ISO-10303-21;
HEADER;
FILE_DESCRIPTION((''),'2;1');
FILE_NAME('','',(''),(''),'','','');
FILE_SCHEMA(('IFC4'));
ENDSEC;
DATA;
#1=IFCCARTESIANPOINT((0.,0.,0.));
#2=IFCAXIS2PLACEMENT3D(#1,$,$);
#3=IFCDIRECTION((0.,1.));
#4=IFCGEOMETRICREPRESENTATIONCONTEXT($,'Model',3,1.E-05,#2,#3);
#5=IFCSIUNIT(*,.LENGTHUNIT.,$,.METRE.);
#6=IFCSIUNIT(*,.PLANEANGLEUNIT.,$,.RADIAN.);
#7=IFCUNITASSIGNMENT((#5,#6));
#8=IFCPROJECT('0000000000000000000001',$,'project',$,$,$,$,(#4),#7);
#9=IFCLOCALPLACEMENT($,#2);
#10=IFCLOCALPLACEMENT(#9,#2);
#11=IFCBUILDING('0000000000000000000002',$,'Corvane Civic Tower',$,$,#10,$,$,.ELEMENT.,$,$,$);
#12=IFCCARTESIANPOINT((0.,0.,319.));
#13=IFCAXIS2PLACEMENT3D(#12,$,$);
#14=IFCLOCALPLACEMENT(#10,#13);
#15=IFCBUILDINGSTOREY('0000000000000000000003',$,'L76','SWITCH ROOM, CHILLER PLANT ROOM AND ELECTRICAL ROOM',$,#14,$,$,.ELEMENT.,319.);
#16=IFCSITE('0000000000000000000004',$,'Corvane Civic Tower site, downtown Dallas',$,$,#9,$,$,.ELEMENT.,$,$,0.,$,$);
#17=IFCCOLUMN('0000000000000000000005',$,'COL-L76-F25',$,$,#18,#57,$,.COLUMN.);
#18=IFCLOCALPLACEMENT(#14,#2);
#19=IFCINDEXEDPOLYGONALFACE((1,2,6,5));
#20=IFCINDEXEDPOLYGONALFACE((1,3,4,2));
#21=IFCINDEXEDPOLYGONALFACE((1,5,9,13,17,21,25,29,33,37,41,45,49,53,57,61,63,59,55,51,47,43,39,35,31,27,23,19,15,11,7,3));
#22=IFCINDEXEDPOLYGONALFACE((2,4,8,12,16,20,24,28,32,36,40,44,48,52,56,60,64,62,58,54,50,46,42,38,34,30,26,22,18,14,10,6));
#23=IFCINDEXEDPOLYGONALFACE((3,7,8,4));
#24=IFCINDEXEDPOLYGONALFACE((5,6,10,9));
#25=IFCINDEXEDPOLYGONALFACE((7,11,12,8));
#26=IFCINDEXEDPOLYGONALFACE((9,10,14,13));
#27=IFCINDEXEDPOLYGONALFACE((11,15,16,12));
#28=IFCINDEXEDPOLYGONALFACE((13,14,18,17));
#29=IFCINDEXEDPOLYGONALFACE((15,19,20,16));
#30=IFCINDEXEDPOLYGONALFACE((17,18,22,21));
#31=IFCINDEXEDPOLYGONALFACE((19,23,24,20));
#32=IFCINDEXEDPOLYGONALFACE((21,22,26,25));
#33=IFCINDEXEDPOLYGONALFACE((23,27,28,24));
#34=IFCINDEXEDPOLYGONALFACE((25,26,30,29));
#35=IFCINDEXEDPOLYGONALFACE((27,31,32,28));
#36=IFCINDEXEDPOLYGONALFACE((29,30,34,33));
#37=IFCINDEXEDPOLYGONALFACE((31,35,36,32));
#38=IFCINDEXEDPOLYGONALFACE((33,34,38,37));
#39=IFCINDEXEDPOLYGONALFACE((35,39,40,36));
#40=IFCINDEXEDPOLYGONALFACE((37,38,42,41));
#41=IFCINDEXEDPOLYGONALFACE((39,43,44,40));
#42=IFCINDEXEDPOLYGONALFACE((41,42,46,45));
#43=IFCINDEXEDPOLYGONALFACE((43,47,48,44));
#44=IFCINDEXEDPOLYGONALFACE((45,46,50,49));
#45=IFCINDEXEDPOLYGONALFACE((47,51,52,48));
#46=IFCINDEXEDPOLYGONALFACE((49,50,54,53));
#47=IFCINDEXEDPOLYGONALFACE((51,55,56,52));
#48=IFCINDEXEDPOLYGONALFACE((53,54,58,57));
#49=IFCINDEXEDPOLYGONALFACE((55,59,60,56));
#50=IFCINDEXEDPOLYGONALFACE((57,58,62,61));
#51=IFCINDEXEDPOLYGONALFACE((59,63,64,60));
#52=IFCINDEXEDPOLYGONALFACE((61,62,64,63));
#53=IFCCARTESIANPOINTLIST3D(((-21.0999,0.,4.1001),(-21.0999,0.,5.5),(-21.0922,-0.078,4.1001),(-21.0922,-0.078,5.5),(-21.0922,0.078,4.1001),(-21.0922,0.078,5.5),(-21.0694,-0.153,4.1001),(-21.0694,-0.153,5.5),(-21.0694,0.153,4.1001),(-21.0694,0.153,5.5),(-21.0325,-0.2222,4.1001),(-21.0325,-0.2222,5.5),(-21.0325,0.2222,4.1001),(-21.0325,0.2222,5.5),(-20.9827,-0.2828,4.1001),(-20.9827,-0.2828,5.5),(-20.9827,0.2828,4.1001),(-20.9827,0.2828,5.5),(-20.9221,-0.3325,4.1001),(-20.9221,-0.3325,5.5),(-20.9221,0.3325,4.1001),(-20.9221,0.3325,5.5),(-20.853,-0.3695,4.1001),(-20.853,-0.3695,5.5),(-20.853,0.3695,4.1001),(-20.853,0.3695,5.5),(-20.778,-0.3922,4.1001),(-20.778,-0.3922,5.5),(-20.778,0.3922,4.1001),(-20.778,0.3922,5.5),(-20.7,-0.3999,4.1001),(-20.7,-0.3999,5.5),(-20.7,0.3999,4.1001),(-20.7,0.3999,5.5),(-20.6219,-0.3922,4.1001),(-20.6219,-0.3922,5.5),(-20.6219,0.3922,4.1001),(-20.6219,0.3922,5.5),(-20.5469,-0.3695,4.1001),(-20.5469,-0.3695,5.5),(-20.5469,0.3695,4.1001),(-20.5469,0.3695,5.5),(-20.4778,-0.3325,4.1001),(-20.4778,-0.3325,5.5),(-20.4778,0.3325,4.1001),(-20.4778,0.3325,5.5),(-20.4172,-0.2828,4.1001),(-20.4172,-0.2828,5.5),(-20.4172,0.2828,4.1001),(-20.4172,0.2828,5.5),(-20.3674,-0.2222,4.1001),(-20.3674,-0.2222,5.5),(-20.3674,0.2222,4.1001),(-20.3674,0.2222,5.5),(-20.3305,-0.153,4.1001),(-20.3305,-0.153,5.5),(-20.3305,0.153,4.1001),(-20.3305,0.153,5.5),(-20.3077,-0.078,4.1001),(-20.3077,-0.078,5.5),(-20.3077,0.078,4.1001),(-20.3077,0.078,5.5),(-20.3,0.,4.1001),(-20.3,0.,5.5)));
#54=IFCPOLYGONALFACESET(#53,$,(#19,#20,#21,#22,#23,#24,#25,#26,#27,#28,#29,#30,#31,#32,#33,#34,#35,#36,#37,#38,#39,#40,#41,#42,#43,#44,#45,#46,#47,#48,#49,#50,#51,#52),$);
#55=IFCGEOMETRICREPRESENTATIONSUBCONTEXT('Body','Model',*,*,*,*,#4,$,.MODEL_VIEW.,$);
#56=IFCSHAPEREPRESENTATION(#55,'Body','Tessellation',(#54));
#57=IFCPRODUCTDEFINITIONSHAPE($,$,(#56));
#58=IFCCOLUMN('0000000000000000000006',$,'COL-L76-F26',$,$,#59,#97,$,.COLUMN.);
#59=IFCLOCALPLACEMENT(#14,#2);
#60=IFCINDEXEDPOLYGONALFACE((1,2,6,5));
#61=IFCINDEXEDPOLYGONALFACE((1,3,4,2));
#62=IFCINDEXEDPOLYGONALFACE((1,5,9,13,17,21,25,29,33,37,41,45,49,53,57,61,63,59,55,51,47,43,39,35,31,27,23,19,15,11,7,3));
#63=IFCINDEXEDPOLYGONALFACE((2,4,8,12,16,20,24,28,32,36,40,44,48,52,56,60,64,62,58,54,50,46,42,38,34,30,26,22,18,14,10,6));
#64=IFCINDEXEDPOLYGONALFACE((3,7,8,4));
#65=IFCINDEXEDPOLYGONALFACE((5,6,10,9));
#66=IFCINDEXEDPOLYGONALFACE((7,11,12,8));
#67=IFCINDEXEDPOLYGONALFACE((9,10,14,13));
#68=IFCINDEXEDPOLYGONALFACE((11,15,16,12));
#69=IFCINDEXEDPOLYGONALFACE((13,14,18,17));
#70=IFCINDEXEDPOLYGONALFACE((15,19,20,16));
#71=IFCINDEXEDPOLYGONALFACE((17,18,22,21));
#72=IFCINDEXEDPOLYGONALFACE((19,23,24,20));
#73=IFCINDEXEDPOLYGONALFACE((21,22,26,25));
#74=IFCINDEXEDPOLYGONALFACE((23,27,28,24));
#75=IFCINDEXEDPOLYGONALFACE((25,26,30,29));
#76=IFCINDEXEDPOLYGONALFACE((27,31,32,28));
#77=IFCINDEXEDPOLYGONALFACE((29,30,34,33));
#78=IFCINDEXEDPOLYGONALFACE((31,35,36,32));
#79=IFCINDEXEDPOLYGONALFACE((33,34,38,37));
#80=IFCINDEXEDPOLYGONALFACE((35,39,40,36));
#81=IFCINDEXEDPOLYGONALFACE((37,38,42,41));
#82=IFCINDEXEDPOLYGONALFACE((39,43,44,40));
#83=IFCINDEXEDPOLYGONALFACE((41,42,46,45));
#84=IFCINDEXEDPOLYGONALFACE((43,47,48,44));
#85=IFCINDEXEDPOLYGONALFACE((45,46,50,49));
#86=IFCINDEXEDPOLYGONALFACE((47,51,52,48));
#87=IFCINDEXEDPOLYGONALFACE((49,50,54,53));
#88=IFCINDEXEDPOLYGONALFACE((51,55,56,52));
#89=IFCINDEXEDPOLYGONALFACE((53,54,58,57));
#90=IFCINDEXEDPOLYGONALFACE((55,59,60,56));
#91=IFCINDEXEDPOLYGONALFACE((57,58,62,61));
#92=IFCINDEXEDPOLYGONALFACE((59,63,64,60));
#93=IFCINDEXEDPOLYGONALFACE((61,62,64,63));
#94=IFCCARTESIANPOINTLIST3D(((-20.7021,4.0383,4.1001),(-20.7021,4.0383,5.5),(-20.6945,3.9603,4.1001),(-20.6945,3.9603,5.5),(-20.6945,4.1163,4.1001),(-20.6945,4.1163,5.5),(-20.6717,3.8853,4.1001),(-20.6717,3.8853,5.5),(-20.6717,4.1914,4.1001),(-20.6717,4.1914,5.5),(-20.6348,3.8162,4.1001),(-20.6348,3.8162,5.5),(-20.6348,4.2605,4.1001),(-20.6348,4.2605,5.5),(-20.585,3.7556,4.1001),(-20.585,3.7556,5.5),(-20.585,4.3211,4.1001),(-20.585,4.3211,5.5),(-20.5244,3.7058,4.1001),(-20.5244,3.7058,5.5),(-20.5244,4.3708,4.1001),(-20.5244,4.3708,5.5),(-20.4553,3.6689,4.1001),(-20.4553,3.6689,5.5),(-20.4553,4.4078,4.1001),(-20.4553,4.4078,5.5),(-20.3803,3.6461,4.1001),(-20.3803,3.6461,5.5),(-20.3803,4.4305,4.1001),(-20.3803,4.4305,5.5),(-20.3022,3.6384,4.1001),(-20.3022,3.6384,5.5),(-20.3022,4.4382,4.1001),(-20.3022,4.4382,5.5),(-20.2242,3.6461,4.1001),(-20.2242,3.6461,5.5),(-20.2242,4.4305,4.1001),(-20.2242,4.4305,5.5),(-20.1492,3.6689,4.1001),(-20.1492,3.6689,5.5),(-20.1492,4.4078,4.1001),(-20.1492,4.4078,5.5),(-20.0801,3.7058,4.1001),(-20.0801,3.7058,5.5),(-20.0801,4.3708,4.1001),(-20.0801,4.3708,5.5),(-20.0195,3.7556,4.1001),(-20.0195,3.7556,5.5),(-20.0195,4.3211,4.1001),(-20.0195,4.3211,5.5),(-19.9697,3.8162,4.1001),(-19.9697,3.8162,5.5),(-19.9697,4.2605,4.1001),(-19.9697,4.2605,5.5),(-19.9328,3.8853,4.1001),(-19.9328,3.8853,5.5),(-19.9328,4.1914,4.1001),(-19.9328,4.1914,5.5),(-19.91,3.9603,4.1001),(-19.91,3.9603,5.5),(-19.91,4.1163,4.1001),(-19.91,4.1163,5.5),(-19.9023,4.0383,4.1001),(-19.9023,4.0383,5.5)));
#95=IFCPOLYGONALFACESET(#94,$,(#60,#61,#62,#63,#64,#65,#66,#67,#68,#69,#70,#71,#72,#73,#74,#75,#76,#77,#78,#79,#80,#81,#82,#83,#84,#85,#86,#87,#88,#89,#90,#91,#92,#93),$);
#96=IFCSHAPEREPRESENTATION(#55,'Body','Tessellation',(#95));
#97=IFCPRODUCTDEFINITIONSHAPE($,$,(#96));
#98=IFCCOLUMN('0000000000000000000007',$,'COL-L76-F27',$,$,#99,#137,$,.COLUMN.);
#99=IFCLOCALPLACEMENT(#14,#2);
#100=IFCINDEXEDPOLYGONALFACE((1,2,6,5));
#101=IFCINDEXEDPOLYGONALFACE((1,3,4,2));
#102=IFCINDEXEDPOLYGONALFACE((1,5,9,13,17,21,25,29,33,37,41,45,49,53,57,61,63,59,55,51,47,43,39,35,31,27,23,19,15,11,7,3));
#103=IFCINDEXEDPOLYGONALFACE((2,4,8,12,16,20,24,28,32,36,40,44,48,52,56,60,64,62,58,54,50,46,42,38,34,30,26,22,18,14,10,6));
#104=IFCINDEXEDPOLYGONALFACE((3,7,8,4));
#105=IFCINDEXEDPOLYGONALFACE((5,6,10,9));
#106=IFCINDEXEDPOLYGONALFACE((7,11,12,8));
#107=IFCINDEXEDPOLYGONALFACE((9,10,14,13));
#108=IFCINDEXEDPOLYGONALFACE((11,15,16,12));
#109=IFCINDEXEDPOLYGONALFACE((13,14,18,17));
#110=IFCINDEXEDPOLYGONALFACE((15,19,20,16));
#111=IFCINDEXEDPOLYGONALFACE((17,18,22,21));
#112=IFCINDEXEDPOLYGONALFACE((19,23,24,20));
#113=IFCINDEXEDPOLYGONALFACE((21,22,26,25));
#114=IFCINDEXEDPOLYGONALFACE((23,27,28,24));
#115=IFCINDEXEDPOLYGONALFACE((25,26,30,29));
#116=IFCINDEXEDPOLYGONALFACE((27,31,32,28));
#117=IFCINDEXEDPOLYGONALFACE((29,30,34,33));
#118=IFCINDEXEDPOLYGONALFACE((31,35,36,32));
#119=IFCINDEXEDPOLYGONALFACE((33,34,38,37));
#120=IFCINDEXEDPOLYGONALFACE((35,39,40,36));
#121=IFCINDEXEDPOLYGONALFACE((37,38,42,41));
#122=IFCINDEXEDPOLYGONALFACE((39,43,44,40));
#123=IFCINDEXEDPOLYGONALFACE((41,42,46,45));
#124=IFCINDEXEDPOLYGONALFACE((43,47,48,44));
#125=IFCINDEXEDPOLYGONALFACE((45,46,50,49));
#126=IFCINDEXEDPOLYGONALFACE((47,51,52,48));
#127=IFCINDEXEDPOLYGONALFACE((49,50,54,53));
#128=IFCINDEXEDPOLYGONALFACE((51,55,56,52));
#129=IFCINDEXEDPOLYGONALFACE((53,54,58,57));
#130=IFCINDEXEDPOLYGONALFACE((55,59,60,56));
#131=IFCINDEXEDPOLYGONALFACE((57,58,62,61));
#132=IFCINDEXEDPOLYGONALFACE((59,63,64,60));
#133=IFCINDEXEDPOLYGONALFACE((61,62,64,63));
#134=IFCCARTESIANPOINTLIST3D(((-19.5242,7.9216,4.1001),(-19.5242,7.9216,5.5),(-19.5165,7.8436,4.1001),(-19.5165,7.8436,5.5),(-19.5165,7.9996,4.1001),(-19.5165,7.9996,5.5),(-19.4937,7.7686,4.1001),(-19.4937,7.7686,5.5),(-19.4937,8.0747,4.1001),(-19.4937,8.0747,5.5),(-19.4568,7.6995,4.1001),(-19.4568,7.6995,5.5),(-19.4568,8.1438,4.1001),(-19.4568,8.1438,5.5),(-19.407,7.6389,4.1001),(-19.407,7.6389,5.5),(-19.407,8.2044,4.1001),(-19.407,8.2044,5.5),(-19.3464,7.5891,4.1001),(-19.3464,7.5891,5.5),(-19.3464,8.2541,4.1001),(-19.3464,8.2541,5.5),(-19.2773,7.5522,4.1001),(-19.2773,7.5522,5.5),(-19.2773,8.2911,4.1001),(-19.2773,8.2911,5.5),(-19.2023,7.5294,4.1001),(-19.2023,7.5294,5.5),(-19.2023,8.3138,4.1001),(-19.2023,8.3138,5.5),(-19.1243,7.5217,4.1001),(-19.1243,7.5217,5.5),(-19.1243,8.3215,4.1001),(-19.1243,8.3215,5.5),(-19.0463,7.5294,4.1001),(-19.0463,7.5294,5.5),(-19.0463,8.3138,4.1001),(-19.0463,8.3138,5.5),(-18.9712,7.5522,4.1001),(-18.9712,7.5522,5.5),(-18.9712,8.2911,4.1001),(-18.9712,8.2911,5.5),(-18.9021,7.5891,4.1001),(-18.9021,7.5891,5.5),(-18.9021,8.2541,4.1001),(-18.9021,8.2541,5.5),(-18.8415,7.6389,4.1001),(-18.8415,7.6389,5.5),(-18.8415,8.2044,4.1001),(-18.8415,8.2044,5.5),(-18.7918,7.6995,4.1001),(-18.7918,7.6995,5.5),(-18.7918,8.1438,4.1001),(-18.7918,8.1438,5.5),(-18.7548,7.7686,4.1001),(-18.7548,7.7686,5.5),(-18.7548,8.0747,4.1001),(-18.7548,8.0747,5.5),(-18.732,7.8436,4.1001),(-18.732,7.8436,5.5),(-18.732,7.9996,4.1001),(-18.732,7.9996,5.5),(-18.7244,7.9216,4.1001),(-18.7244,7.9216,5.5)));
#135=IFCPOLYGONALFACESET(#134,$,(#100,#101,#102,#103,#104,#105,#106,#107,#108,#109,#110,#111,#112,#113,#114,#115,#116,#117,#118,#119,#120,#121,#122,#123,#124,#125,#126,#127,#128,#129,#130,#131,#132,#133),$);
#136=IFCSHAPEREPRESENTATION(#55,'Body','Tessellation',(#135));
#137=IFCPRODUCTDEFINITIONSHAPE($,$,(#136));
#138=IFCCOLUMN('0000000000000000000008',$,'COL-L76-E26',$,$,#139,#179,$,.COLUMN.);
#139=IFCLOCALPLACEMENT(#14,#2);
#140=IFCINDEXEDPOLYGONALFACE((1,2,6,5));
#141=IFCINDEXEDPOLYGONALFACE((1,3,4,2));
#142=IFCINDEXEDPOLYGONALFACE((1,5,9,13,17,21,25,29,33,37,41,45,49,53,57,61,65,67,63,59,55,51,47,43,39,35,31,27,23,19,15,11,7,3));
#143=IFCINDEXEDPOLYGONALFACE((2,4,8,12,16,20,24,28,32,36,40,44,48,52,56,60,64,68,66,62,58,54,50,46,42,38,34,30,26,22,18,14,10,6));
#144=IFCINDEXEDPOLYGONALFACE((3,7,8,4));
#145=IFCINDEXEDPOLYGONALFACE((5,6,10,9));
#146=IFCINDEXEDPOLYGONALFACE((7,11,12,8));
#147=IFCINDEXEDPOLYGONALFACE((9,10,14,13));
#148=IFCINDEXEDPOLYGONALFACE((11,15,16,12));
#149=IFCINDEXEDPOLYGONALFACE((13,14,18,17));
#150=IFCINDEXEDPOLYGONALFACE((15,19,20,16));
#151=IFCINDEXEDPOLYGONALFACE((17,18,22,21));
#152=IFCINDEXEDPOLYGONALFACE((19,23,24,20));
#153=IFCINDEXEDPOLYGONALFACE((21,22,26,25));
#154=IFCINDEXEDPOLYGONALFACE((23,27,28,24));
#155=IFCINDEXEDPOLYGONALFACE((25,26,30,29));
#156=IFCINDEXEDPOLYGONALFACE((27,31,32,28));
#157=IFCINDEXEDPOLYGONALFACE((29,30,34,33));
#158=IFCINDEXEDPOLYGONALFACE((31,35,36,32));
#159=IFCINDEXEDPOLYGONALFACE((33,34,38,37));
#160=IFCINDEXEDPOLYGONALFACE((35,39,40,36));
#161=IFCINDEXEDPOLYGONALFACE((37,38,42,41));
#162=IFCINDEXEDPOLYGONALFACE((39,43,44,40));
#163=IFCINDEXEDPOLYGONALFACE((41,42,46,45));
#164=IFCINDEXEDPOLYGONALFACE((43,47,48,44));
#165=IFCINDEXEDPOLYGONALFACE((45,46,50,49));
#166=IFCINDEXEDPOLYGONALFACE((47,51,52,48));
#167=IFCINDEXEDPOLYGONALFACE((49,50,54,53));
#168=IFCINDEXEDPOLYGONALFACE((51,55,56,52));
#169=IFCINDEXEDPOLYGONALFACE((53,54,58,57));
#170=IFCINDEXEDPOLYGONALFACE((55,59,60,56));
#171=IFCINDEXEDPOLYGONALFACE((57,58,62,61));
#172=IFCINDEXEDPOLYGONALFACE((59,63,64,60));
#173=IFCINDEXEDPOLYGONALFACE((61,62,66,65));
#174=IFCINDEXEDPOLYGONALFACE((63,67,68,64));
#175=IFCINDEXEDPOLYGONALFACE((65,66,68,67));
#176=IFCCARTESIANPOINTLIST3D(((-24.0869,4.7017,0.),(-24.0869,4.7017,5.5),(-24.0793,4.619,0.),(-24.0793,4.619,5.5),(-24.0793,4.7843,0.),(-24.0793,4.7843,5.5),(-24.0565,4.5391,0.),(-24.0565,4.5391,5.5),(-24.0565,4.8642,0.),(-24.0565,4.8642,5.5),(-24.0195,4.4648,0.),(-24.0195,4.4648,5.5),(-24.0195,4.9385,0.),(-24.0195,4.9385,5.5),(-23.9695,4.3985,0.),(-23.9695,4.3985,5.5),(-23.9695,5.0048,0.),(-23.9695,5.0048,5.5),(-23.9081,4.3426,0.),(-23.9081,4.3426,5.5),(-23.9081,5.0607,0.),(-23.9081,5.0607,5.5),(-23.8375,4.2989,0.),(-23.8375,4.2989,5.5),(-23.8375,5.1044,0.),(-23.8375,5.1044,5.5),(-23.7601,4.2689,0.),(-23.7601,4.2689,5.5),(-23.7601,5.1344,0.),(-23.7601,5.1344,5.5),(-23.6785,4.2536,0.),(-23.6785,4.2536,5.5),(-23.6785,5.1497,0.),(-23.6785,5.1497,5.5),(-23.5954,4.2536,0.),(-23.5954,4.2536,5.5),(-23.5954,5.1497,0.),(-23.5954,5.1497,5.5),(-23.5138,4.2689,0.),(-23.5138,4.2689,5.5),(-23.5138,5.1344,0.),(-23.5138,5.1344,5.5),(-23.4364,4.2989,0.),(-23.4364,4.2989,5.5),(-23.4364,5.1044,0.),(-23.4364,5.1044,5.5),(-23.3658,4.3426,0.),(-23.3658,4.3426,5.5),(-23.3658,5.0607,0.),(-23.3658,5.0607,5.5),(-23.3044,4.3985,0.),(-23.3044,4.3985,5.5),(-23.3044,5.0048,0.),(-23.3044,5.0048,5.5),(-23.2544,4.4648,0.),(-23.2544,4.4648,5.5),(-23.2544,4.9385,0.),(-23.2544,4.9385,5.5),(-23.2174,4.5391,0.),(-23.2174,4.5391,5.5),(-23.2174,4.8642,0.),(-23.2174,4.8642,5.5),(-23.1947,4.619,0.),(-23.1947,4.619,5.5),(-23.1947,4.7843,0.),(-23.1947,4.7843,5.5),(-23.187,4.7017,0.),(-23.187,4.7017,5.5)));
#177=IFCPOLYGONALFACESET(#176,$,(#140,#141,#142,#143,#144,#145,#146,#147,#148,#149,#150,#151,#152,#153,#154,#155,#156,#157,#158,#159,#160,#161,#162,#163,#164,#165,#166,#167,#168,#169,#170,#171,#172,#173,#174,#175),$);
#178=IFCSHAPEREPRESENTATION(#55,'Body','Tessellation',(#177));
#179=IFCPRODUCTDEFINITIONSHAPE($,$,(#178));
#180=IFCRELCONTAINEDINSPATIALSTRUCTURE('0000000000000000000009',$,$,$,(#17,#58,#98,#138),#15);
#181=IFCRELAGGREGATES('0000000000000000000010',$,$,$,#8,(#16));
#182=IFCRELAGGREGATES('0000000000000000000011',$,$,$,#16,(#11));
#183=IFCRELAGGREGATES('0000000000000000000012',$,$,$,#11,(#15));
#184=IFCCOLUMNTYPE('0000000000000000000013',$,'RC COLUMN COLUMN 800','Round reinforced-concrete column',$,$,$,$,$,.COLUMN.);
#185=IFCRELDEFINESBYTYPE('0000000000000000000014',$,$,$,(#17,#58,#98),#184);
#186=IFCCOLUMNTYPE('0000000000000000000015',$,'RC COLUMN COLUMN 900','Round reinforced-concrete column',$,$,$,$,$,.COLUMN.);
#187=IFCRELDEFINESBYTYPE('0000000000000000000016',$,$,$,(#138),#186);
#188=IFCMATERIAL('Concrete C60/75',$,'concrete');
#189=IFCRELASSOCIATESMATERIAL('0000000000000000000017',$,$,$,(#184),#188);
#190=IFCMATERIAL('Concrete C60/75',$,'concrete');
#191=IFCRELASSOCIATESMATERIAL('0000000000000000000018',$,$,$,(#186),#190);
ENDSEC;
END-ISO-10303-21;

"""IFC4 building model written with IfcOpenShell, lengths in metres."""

from ifc_helpers import new_model, si_unit, direction, frame, origin, origin_2d, place, context, subcontext, project, spatial, circle, extrude, material, material_profile, profile_set, type_object, element, save


model = new_model("IFC4")

# Units and contexts
model_context = context("Model", 3, precision=1e-05, world=origin(), true_north=direction((0.0, 1.0)))
body_context = subcontext(model_context, "Body", "Model", "MODEL_VIEW")
ifc_project = project(units=[si_unit("LENGTHUNIT", "METRE"), si_unit("PLANEANGLEUNIT", "RADIAN")], contexts=[model_context])

# Site, building, storey
site_placement = place(None, origin())
site = spatial("IfcSite", under=ifc_project, at=site_placement, Name="Corvane Civic Tower site, downtown Dallas", CompositionType="ELEMENT", RefElevation=0.0)
building_placement = place(site_placement, origin())
building = spatial("IfcBuilding", under=site, at=building_placement, Name="Corvane Civic Tower", CompositionType="ELEMENT")
storey_placement = place(building_placement, frame((0.0, 0.0, 319.0)))
storey = spatial("IfcBuildingStorey", under=building, at=storey_placement, Name="L76", Description="SWITCH ROOM, CHILLER PLANT ROOM AND ELECTRICAL ROOM", CompositionType="ELEMENT", Elevation=319.0)

# Columns
ifc_material_1 = material(Name="Concrete C60/75", Category="concrete")
ifc_material_profile_1 = material_profile(ifc_material_1, circle(Radius=0.3999, at=origin_2d()), Name="COLUMN 800")
ifc_profile_set_1 = profile_set([ifc_material_profile_1], Name="Concrete C60/75")
column_type_1 = type_object("IfcColumnType", Name="RC COLUMN COLUMN 800", Description="Round reinforced-concrete column", PredefinedType="COLUMN", material=ifc_profile_set_1)
for number, where, z_axis, x_axis, name in (
    (1, (-20.7, 0.0, 4.1001), (0.0, 0.0, 1.0), (1.0, 0.0, 0.0), "COL-L76-F25"),
    (2, (-20.3022, 4.0383, 4.1001), (0.0, 0.0, 1.0), (1.0, 0.0, 0.0), "COL-L76-F26"),
    (3, (-19.1243, 7.9216, 4.1001), (0.0, 0.0, 1.0), (1.0, 0.0, 0.0), "COL-L76-F27"),
):
    element("IfcColumn", number, at=place(storey_placement, frame(where, z_axis=z_axis, x_axis=x_axis)), inside=storey, type_object=column_type_1, Name=name, PredefinedType="COLUMN", context=body_context, shape_type="SweptSolid", body=[
        extrude(circle(Radius=0.3999, at=origin_2d()), origin(), (0.0, 0.0, 1.0), 1.3999),
    ])
ifc_material_2 = material(Name="Concrete C60/75", Category="concrete")
ifc_material_profile_2 = material_profile(ifc_material_2, circle(Radius=0.45, at=origin_2d()), Name="COLUMN 900")
ifc_profile_set_2 = profile_set([ifc_material_profile_2], Name="Concrete C60/75")
column_type_2 = type_object("IfcColumnType", Name="RC COLUMN COLUMN 900", Description="Round reinforced-concrete column", PredefinedType="COLUMN", material=ifc_profile_set_2)
for number, where, z_axis, x_axis, name in (
    (4, (-23.637, 4.7017, 0.0), (0.0, 0.0, 1.0), (1.0, 0.0, 0.0), "COL-L76-E26"),
):
    element("IfcColumn", number, at=place(storey_placement, frame(where, z_axis=z_axis, x_axis=x_axis)), inside=storey, type_object=column_type_2, Name=name, PredefinedType="COLUMN", context=body_context, shape_type="SweptSolid", body=[
        extrude(circle(Radius=0.45, at=origin_2d()), origin(), (0.0, 0.0, 1.0), 5.5),
    ])

save(model, "model.ifc")
